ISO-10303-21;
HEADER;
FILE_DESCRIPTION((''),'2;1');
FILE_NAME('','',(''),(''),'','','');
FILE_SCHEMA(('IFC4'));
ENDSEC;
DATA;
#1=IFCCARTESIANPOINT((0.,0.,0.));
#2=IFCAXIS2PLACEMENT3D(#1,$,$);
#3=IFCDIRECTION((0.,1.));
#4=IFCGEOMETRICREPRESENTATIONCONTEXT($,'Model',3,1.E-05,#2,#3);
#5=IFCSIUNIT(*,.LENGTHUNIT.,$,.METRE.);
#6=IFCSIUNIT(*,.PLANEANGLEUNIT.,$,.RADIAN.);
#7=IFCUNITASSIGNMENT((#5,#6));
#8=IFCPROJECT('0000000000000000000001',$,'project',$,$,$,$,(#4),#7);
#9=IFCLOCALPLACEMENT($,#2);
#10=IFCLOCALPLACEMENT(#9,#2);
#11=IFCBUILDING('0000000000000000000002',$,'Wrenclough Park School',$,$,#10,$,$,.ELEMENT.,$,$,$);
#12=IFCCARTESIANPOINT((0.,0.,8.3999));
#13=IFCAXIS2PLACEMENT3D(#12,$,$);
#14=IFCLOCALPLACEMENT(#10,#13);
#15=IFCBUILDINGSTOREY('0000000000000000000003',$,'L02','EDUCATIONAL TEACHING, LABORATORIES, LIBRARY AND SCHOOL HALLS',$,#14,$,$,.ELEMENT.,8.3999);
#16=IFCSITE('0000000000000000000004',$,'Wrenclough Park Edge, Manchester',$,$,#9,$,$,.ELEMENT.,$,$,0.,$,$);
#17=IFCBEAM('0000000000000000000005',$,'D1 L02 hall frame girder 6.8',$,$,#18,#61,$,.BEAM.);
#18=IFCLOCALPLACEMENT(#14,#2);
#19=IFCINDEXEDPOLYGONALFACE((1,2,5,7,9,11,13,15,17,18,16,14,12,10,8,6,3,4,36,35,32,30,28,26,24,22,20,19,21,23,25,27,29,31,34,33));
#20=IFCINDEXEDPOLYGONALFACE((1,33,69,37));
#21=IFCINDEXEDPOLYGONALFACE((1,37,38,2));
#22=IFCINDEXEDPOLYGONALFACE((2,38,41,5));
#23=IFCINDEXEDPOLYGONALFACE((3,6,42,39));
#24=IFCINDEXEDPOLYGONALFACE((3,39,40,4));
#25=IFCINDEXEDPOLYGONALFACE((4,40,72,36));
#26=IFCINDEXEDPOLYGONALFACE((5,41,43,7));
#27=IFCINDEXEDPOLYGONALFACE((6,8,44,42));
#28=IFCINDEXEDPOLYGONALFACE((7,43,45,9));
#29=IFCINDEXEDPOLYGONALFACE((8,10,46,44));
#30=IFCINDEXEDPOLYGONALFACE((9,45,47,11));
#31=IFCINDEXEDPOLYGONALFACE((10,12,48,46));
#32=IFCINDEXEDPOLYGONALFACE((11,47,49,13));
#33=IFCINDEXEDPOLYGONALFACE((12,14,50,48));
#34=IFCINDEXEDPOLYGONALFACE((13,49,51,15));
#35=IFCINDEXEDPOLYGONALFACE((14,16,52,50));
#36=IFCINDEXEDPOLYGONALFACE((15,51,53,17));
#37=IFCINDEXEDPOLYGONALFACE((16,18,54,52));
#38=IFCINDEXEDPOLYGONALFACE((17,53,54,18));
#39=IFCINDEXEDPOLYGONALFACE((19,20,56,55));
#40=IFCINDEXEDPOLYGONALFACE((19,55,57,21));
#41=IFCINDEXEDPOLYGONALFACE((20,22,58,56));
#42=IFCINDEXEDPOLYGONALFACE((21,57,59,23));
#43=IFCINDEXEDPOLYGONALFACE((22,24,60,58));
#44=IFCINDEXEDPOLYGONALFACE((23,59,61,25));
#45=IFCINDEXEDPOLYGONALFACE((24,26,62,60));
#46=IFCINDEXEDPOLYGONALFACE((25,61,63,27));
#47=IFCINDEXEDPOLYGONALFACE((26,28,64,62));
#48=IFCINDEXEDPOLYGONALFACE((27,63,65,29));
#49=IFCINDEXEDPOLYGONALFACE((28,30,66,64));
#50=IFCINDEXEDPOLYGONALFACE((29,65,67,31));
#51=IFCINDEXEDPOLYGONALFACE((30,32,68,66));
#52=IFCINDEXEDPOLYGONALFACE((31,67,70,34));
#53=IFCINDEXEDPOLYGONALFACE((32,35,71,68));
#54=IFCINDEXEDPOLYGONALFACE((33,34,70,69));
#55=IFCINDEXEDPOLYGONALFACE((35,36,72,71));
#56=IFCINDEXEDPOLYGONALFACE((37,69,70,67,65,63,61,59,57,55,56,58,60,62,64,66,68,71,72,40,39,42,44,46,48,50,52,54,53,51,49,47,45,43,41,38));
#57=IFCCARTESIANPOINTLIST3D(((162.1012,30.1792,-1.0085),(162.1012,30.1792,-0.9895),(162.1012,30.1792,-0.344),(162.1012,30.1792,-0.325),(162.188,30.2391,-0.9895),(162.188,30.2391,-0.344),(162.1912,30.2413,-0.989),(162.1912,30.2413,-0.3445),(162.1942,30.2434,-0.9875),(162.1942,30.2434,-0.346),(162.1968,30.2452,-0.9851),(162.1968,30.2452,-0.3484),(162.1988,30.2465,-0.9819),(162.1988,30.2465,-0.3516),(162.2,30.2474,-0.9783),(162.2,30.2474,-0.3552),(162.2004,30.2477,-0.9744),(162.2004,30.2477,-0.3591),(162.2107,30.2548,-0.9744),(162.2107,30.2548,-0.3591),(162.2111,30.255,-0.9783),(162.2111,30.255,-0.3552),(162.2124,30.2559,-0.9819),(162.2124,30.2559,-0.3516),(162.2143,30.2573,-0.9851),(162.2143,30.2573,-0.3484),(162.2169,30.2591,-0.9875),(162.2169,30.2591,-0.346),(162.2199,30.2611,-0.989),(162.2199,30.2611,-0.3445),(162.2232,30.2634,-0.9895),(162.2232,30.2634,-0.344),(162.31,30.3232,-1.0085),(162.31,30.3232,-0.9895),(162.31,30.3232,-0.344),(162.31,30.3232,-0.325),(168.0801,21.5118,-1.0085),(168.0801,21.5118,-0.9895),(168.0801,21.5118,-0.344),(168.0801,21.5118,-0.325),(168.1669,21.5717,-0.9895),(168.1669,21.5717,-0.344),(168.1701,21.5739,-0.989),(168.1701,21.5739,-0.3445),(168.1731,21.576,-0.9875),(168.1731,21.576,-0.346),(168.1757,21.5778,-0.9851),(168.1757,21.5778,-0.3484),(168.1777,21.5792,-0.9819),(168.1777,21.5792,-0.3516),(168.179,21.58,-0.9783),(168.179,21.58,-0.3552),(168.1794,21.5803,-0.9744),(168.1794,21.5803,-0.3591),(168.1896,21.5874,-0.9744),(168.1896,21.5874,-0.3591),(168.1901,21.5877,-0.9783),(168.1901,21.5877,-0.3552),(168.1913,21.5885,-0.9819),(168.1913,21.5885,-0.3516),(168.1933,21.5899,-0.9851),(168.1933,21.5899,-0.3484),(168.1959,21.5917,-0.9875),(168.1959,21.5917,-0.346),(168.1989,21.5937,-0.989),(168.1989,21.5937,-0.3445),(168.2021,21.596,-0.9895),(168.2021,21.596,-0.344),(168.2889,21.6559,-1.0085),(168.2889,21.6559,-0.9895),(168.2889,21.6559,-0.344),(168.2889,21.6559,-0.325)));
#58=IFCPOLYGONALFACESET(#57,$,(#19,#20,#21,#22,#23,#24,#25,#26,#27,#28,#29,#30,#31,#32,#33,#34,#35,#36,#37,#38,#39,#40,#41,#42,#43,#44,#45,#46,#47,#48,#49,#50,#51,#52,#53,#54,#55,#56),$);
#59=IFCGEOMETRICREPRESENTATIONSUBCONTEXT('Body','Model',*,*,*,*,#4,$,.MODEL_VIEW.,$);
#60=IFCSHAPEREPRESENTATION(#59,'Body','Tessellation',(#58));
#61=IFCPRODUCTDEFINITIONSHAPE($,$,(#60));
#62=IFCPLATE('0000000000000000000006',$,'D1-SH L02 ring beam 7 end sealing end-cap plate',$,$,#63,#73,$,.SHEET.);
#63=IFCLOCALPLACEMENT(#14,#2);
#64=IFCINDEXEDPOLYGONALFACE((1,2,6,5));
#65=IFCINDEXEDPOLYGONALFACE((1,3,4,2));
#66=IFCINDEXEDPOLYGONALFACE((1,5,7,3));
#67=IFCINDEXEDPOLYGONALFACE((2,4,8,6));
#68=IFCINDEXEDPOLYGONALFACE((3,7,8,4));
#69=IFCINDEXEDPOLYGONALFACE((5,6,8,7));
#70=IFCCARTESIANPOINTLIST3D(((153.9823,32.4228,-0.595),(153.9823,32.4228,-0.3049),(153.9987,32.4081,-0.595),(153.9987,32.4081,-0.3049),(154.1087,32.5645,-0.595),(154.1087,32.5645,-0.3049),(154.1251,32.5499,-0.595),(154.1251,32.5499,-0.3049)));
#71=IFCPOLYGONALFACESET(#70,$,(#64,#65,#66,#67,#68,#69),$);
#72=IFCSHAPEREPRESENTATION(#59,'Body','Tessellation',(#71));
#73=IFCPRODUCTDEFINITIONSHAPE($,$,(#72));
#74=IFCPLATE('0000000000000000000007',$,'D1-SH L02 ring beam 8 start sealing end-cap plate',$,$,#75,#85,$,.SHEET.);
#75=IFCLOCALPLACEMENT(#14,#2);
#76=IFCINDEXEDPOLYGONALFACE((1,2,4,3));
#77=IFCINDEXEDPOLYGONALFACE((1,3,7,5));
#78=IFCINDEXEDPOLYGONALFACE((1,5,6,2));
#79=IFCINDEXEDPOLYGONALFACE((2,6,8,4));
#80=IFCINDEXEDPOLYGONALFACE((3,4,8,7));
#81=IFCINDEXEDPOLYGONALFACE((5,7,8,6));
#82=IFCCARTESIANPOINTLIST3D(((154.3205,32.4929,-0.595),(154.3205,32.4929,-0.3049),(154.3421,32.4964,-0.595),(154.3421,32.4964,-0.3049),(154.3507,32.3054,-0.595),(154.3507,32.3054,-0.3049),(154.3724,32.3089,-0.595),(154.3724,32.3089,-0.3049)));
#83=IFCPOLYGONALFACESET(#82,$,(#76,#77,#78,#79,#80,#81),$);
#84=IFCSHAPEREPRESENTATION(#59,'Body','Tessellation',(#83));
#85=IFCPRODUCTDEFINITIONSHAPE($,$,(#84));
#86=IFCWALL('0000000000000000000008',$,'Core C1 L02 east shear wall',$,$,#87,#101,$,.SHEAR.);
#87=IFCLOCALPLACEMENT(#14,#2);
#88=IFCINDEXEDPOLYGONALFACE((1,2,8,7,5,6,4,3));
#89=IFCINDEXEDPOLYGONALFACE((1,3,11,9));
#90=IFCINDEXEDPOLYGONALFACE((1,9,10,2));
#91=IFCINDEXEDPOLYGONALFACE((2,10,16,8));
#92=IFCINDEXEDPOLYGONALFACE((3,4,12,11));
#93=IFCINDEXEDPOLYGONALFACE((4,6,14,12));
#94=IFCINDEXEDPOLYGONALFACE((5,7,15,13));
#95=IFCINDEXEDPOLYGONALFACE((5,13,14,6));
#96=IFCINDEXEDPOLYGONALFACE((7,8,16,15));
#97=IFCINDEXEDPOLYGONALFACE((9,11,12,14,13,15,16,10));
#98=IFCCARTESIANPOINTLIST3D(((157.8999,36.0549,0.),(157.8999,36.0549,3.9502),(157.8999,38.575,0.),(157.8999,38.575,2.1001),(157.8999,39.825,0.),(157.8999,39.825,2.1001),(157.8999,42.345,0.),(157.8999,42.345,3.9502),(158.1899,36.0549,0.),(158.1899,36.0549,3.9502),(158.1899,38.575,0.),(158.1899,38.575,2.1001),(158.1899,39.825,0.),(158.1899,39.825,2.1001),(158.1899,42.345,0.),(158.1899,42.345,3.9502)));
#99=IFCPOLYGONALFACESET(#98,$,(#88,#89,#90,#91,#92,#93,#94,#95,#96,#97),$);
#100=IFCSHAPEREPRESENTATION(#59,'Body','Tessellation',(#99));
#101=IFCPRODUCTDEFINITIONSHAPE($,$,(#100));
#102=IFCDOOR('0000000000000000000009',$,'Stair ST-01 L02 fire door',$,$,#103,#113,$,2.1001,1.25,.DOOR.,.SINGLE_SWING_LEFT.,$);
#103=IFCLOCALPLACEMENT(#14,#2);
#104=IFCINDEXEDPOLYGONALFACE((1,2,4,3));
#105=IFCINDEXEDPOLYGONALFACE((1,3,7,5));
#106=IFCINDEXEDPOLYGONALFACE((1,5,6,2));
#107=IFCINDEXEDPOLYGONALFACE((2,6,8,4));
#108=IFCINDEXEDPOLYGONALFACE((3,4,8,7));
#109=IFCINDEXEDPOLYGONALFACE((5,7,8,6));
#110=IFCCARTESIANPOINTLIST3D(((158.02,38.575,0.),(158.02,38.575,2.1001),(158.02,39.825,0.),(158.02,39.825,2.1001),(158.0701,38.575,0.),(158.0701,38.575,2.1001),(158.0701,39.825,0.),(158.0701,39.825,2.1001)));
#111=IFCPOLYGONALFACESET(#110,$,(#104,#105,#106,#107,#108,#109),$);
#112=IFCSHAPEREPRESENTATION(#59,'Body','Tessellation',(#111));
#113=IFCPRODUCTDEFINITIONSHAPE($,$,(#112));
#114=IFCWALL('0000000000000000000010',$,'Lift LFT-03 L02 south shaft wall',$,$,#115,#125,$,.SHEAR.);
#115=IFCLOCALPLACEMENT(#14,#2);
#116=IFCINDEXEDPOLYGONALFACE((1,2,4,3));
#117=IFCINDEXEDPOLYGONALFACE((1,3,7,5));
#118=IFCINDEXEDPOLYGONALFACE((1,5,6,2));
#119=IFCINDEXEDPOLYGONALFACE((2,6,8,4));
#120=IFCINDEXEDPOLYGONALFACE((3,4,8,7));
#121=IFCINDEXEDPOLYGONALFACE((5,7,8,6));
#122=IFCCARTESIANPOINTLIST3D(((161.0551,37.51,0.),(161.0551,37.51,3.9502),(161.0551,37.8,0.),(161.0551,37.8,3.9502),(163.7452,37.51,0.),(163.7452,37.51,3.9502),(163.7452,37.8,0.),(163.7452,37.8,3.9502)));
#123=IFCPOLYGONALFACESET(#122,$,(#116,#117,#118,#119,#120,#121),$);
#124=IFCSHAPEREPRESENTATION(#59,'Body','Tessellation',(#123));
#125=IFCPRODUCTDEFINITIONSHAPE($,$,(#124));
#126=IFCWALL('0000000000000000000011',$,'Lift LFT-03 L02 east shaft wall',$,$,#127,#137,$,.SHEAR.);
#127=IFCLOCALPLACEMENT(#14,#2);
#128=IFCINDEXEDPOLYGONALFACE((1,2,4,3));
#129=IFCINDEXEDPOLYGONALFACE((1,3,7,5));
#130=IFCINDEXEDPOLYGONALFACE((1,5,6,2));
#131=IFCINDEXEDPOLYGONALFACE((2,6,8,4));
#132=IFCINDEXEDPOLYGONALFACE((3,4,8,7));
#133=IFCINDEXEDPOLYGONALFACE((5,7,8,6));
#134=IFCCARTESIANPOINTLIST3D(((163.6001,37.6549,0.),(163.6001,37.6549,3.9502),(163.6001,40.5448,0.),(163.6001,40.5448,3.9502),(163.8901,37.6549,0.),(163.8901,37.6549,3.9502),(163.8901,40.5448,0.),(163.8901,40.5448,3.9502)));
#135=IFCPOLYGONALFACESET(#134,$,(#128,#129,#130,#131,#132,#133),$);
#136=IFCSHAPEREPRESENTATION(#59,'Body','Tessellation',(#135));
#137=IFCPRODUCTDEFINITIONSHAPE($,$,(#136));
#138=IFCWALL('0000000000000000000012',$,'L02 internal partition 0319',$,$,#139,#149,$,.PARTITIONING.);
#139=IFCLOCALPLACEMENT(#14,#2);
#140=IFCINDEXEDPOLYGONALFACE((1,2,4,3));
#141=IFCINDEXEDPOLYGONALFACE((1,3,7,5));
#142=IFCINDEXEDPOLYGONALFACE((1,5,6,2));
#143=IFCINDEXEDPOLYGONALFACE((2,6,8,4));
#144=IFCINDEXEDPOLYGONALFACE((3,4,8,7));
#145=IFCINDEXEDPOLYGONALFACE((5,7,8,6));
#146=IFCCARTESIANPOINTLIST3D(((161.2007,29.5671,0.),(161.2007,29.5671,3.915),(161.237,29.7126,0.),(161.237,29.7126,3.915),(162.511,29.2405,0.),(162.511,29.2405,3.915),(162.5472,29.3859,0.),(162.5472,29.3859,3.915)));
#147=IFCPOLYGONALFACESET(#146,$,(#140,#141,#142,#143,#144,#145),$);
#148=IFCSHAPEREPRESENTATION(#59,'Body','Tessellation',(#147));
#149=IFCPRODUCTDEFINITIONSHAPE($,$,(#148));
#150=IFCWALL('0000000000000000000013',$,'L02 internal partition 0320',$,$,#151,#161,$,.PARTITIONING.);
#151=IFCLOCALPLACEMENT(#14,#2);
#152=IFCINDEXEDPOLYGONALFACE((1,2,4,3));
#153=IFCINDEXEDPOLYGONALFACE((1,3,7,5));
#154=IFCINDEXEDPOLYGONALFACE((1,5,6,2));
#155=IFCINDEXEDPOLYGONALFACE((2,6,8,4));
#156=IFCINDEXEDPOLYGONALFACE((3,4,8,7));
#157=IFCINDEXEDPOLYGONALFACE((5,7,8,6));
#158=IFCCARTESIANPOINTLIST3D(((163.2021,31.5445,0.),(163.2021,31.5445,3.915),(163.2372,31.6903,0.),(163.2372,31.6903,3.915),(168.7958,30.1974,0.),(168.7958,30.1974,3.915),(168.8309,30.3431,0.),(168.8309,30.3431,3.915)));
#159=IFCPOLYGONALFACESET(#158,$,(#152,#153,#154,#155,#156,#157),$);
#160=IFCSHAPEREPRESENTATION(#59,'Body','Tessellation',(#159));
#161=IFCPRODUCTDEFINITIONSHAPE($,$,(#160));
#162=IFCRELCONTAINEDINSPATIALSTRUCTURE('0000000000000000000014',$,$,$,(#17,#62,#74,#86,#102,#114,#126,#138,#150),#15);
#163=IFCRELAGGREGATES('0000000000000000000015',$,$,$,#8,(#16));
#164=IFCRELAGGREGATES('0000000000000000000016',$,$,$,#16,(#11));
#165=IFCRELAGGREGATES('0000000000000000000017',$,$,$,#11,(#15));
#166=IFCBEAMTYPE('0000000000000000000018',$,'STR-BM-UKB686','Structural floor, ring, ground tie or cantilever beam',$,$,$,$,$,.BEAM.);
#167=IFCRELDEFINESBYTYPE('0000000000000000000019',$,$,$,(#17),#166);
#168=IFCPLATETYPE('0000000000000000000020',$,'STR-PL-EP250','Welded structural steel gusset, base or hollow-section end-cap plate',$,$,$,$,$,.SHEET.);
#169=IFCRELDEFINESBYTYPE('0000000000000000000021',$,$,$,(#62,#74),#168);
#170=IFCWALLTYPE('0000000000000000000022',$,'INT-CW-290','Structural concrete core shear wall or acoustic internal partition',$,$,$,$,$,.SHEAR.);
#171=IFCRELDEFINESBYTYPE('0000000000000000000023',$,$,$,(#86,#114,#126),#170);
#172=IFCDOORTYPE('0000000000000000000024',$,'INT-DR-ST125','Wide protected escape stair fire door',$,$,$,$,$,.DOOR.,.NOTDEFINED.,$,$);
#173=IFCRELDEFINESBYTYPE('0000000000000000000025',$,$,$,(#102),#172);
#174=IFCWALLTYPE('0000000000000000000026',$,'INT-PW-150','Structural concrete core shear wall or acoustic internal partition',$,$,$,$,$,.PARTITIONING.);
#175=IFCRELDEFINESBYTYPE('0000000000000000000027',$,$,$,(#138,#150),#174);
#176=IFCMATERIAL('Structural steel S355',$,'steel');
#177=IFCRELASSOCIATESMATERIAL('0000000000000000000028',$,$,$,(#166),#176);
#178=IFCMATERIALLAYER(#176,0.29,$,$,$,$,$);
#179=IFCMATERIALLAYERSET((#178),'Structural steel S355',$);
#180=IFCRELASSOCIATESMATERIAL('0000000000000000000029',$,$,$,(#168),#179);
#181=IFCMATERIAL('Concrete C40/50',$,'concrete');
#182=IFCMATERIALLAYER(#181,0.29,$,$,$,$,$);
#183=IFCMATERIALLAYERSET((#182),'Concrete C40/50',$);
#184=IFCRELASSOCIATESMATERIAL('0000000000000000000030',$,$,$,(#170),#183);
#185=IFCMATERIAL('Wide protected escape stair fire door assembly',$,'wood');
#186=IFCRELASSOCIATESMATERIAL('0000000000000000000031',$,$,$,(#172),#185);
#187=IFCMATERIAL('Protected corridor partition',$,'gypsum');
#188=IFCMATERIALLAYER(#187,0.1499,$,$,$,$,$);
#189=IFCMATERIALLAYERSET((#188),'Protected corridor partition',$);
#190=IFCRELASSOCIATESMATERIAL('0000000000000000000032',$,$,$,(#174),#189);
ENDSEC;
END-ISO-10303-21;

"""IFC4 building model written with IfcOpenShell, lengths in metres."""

from ifc_helpers import new_model, si_unit, direction, frame, frame_2d, origin, origin_2d, place, context, subcontext, project, spatial, rectangle, i_section, extrude, material, layer, layer_set, material_profile, profile_set, type_object, element, fill, save


model = new_model("IFC4")

# Units and contexts
model_context = context("Model", 3, precision=1e-05, world=origin(), true_north=direction((0.0, 1.0)))
body_context = subcontext(model_context, "Body", "Model", "MODEL_VIEW")
ifc_project = project(units=[si_unit("LENGTHUNIT", "METRE"), si_unit("PLANEANGLEUNIT", "RADIAN")], contexts=[model_context])

# Site, building, storey
site_placement = place(None, origin())
site = spatial("IfcSite", under=ifc_project, at=site_placement, Name="Wrenclough Park Edge, Manchester", CompositionType="ELEMENT", RefElevation=0.0)
building_placement = place(site_placement, origin())
building = spatial("IfcBuilding", under=site, at=building_placement, Name="Wrenclough Park School", CompositionType="ELEMENT")
storey_placement = place(building_placement, frame((0.0, 0.0, 8.3999)))
storey = spatial("IfcBuildingStorey", under=building, at=storey_placement, Name="L02", Description="EDUCATIONAL TEACHING, LABORATORIES, LIBRARY AND SCHOOL HALLS", CompositionType="ELEMENT", Elevation=8.3999)

# Shared definitions
ifc_material_1 = material(Name="Structural steel S355", Category="steel")

# Beam
ifc_material_profile_1 = material_profile(ifc_material_1, i_section(OverallWidth=0.2537, OverallDepth=0.6836, WebThickness=0.0125, FlangeThickness=0.019, FilletRadius=0.0151, at=origin_2d()), Name="UKB 686x254x140")
ifc_profile_set_1 = profile_set([ifc_material_profile_1], Name="Structural steel S355")
beam_type_1 = type_object("IfcBeamType", Name="STR-BM-UKB686", Description="Structural floor, ring, ground tie or cantilever beam", PredefinedType="BEAM", material=ifc_profile_set_1)
beam_1_placement = place(storey_placement, frame((162.2056, 30.2512, -0.6667), z_axis=(0.567825, -0.823149, 0.0), x_axis=(0.823149, 0.567825, 0.0)))
element("IfcBeam", 1, at=beam_1_placement, inside=storey, type_object=beam_type_1, Name="D1 L02 hall frame girder 6.8", PredefinedType="BEAM", context=body_context, shape_type="SweptSolid", body=[
    extrude(i_section(OverallWidth=0.2537, OverallDepth=0.6836, WebThickness=0.0125, FlangeThickness=0.019, FilletRadius=0.0151, at=origin_2d()), origin(), (0.0, 0.0, 1.0), 10.5295),
])

# Plates
ifc_layer_1 = layer(ifc_material_1, 0.29)
ifc_layer_set_1 = layer_set([ifc_layer_1], Name="Structural steel S355")
plate_type = type_object("IfcPlateType", Name="STR-PL-EP250", Description="Welded structural steel gusset, base or hollow-section end-cap plate", PredefinedType="SHEET", material=ifc_layer_set_1)
for number, where, z_axis, x_axis, name in (
    (2, (154.0537, 32.4863, -0.595), (0.0, 0.0, 1.0), (0.746406, -0.665491, 0.0), "D1-SH L02 ring beam 7 end sealing end-cap plate"),
    (3, (154.3464, 32.4009, -0.595), (0.0, 0.0, 1.0), (0.98722, 0.159364, 0.0), "D1-SH L02 ring beam 8 start sealing end-cap plate"),
):
    element("IfcPlate", number, at=place(storey_placement, frame(where, z_axis=z_axis, x_axis=x_axis)), inside=storey, type_object=plate_type, Name=name, PredefinedType="SHEET", context=body_context, shape_type="SweptSolid", body=[
        extrude(rectangle(XDim=0.022, YDim=0.1899, at=origin_2d()), origin(), (0.0, 0.0, 1.0), 0.29),
    ])

# Wall, opening, door
ifc_material_2 = material(Name="Concrete C40/50", Category="concrete")
ifc_layer_2 = layer(ifc_material_2, 0.29)
ifc_layer_set_2 = layer_set([ifc_layer_2], Name="Concrete C40/50")
wall_type_1 = type_object("IfcWallType", Name="INT-CW-290", Description="Structural concrete core shear wall or acoustic internal partition", PredefinedType="SHEAR", material=ifc_layer_set_2)
wall_1_placement = place(storey_placement, frame((158.0449, 36.0549, 0.0), z_axis=(0.0, 0.0, 1.0), x_axis=(0.0, 1.0, 0.0)))
wall_1 = element("IfcWall", 4, at=wall_1_placement, inside=storey, type_object=wall_type_1, Name="Core C1 L02 east shear wall", PredefinedType="SHEAR", context=body_context, shape_type="SweptSolid", body=[
    extrude(rectangle(XDim=6.29, YDim=0.29, at=frame_2d((3.145, 0.0))), origin(), (0.0, 0.0, 1.0), 3.9502),
])
opening_1_placement = place(wall_1_placement, frame((2.52, 0.0, 0.0)))
opening_1 = element("IfcOpeningElement", 5, at=opening_1_placement, cuts=wall_1, PredefinedType="OPENING", context=body_context, shape_type="SweptSolid", body=[
    extrude(rectangle(XDim=1.25, YDim=2.1001, at=frame_2d((0.625, 1.05))), frame((0.0, 0.155, 0.0), z_axis=(0.0, -1.0, 0.0), x_axis=(1.0, 0.0, 0.0)), (0.0, 0.0, 1.0), 0.3101),
])
ifc_material_3 = material(Name="Wide protected escape stair fire door assembly", Category="wood")
door_type_1 = type_object("IfcDoorType", Name="INT-DR-ST125", Description="Wide protected escape stair fire door", OperationType="NOTDEFINED", PredefinedType="DOOR", material=ifc_material_3)
door_1_placement = place(opening_1_placement, origin())
door_1 = element("IfcDoor", 6, at=door_1_placement, inside=storey, type_object=door_type_1, Name="Stair ST-01 L02 fire door", OperationType="SINGLE_SWING_LEFT", OverallHeight=2.1001, OverallWidth=1.25, PredefinedType="DOOR", context=body_context, shape_type="SweptSolid", body=[
    extrude(rectangle(XDim=1.25, YDim=2.1001, at=frame_2d((0.625, 1.05))), frame((0.0, 0.0249, 0.0), z_axis=(0.0, -1.0, 0.0), x_axis=(1.0, 0.0, 0.0)), (0.0, 0.0, 1.0), 0.05),
])
fill(opening_1, door_1)

# Walls
wall_2_placement = place(storey_placement, frame((161.0549, 37.655, 0.0), z_axis=(0.0, 0.0, 1.0), x_axis=(1.0, 0.0, 0.0)))
element("IfcWall", 7, at=wall_2_placement, inside=storey, type_object=wall_type_1, Name="Lift LFT-03 L02 south shaft wall", PredefinedType="SHEAR", context=body_context, shape_type="SweptSolid", body=[
    extrude(rectangle(XDim=2.6902, YDim=0.29, at=frame_2d((1.3452, 0.0))), origin(), (0.0, 0.0, 1.0), 3.9502),
])
wall_3_placement = place(storey_placement, frame((163.7451, 37.655, 0.0), z_axis=(0.0, 0.0, 1.0), x_axis=(0.0, 1.0, 0.0)))
element("IfcWall", 8, at=wall_3_placement, inside=storey, type_object=wall_type_1, Name="Lift LFT-03 L02 east shaft wall", PredefinedType="SHEAR", context=body_context, shape_type="SweptSolid", body=[
    extrude(rectangle(XDim=2.8899, YDim=0.29, at=frame_2d((1.4448, 0.0))), origin(), (0.0, 0.0, 1.0), 3.9502),
])
ifc_material_4 = material(Name="Protected corridor partition", Category="gypsum")
ifc_layer_3 = layer(ifc_material_4, 0.1499)
ifc_layer_set_3 = layer_set([ifc_layer_3], Name="Protected corridor partition")
wall_type_2 = type_object("IfcWallType", Name="INT-PW-150", Description="Structural concrete core shear wall or acoustic internal partition", PredefinedType="PARTITIONING", material=ifc_layer_set_3)
wall_4_placement = place(storey_placement, frame((161.2188, 29.6399, 0.0), z_axis=(0.0, 0.0, 1.0), x_axis=(0.970302, -0.241897, 0.0)))
element("IfcWall", 9, at=wall_4_placement, inside=storey, type_object=wall_type_2, Name="L02 internal partition 0319", PredefinedType="PARTITIONING", context=body_context, shape_type="SweptSolid", body=[
    extrude(rectangle(XDim=1.3503, YDim=0.1499, at=frame_2d((0.6753, 0.0))), origin(), (0.0, 0.0, 1.0), 3.915),
])
wall_5_placement = place(storey_placement, frame((163.2195, 31.6174, 0.0), z_axis=(0.0, 0.0, 1.0), x_axis=(0.972203, -0.23414, 0.0)))
element("IfcWall", 10, at=wall_5_placement, inside=storey, type_object=wall_type_2, Name="L02 internal partition 0320", PredefinedType="PARTITIONING", context=body_context, shape_type="SweptSolid", body=[
    extrude(rectangle(XDim=5.7537, YDim=0.1499, at=frame_2d((2.877, 0.0))), origin(), (0.0, 0.0, 1.0), 3.915),
])

save(model, "model.ifc")
